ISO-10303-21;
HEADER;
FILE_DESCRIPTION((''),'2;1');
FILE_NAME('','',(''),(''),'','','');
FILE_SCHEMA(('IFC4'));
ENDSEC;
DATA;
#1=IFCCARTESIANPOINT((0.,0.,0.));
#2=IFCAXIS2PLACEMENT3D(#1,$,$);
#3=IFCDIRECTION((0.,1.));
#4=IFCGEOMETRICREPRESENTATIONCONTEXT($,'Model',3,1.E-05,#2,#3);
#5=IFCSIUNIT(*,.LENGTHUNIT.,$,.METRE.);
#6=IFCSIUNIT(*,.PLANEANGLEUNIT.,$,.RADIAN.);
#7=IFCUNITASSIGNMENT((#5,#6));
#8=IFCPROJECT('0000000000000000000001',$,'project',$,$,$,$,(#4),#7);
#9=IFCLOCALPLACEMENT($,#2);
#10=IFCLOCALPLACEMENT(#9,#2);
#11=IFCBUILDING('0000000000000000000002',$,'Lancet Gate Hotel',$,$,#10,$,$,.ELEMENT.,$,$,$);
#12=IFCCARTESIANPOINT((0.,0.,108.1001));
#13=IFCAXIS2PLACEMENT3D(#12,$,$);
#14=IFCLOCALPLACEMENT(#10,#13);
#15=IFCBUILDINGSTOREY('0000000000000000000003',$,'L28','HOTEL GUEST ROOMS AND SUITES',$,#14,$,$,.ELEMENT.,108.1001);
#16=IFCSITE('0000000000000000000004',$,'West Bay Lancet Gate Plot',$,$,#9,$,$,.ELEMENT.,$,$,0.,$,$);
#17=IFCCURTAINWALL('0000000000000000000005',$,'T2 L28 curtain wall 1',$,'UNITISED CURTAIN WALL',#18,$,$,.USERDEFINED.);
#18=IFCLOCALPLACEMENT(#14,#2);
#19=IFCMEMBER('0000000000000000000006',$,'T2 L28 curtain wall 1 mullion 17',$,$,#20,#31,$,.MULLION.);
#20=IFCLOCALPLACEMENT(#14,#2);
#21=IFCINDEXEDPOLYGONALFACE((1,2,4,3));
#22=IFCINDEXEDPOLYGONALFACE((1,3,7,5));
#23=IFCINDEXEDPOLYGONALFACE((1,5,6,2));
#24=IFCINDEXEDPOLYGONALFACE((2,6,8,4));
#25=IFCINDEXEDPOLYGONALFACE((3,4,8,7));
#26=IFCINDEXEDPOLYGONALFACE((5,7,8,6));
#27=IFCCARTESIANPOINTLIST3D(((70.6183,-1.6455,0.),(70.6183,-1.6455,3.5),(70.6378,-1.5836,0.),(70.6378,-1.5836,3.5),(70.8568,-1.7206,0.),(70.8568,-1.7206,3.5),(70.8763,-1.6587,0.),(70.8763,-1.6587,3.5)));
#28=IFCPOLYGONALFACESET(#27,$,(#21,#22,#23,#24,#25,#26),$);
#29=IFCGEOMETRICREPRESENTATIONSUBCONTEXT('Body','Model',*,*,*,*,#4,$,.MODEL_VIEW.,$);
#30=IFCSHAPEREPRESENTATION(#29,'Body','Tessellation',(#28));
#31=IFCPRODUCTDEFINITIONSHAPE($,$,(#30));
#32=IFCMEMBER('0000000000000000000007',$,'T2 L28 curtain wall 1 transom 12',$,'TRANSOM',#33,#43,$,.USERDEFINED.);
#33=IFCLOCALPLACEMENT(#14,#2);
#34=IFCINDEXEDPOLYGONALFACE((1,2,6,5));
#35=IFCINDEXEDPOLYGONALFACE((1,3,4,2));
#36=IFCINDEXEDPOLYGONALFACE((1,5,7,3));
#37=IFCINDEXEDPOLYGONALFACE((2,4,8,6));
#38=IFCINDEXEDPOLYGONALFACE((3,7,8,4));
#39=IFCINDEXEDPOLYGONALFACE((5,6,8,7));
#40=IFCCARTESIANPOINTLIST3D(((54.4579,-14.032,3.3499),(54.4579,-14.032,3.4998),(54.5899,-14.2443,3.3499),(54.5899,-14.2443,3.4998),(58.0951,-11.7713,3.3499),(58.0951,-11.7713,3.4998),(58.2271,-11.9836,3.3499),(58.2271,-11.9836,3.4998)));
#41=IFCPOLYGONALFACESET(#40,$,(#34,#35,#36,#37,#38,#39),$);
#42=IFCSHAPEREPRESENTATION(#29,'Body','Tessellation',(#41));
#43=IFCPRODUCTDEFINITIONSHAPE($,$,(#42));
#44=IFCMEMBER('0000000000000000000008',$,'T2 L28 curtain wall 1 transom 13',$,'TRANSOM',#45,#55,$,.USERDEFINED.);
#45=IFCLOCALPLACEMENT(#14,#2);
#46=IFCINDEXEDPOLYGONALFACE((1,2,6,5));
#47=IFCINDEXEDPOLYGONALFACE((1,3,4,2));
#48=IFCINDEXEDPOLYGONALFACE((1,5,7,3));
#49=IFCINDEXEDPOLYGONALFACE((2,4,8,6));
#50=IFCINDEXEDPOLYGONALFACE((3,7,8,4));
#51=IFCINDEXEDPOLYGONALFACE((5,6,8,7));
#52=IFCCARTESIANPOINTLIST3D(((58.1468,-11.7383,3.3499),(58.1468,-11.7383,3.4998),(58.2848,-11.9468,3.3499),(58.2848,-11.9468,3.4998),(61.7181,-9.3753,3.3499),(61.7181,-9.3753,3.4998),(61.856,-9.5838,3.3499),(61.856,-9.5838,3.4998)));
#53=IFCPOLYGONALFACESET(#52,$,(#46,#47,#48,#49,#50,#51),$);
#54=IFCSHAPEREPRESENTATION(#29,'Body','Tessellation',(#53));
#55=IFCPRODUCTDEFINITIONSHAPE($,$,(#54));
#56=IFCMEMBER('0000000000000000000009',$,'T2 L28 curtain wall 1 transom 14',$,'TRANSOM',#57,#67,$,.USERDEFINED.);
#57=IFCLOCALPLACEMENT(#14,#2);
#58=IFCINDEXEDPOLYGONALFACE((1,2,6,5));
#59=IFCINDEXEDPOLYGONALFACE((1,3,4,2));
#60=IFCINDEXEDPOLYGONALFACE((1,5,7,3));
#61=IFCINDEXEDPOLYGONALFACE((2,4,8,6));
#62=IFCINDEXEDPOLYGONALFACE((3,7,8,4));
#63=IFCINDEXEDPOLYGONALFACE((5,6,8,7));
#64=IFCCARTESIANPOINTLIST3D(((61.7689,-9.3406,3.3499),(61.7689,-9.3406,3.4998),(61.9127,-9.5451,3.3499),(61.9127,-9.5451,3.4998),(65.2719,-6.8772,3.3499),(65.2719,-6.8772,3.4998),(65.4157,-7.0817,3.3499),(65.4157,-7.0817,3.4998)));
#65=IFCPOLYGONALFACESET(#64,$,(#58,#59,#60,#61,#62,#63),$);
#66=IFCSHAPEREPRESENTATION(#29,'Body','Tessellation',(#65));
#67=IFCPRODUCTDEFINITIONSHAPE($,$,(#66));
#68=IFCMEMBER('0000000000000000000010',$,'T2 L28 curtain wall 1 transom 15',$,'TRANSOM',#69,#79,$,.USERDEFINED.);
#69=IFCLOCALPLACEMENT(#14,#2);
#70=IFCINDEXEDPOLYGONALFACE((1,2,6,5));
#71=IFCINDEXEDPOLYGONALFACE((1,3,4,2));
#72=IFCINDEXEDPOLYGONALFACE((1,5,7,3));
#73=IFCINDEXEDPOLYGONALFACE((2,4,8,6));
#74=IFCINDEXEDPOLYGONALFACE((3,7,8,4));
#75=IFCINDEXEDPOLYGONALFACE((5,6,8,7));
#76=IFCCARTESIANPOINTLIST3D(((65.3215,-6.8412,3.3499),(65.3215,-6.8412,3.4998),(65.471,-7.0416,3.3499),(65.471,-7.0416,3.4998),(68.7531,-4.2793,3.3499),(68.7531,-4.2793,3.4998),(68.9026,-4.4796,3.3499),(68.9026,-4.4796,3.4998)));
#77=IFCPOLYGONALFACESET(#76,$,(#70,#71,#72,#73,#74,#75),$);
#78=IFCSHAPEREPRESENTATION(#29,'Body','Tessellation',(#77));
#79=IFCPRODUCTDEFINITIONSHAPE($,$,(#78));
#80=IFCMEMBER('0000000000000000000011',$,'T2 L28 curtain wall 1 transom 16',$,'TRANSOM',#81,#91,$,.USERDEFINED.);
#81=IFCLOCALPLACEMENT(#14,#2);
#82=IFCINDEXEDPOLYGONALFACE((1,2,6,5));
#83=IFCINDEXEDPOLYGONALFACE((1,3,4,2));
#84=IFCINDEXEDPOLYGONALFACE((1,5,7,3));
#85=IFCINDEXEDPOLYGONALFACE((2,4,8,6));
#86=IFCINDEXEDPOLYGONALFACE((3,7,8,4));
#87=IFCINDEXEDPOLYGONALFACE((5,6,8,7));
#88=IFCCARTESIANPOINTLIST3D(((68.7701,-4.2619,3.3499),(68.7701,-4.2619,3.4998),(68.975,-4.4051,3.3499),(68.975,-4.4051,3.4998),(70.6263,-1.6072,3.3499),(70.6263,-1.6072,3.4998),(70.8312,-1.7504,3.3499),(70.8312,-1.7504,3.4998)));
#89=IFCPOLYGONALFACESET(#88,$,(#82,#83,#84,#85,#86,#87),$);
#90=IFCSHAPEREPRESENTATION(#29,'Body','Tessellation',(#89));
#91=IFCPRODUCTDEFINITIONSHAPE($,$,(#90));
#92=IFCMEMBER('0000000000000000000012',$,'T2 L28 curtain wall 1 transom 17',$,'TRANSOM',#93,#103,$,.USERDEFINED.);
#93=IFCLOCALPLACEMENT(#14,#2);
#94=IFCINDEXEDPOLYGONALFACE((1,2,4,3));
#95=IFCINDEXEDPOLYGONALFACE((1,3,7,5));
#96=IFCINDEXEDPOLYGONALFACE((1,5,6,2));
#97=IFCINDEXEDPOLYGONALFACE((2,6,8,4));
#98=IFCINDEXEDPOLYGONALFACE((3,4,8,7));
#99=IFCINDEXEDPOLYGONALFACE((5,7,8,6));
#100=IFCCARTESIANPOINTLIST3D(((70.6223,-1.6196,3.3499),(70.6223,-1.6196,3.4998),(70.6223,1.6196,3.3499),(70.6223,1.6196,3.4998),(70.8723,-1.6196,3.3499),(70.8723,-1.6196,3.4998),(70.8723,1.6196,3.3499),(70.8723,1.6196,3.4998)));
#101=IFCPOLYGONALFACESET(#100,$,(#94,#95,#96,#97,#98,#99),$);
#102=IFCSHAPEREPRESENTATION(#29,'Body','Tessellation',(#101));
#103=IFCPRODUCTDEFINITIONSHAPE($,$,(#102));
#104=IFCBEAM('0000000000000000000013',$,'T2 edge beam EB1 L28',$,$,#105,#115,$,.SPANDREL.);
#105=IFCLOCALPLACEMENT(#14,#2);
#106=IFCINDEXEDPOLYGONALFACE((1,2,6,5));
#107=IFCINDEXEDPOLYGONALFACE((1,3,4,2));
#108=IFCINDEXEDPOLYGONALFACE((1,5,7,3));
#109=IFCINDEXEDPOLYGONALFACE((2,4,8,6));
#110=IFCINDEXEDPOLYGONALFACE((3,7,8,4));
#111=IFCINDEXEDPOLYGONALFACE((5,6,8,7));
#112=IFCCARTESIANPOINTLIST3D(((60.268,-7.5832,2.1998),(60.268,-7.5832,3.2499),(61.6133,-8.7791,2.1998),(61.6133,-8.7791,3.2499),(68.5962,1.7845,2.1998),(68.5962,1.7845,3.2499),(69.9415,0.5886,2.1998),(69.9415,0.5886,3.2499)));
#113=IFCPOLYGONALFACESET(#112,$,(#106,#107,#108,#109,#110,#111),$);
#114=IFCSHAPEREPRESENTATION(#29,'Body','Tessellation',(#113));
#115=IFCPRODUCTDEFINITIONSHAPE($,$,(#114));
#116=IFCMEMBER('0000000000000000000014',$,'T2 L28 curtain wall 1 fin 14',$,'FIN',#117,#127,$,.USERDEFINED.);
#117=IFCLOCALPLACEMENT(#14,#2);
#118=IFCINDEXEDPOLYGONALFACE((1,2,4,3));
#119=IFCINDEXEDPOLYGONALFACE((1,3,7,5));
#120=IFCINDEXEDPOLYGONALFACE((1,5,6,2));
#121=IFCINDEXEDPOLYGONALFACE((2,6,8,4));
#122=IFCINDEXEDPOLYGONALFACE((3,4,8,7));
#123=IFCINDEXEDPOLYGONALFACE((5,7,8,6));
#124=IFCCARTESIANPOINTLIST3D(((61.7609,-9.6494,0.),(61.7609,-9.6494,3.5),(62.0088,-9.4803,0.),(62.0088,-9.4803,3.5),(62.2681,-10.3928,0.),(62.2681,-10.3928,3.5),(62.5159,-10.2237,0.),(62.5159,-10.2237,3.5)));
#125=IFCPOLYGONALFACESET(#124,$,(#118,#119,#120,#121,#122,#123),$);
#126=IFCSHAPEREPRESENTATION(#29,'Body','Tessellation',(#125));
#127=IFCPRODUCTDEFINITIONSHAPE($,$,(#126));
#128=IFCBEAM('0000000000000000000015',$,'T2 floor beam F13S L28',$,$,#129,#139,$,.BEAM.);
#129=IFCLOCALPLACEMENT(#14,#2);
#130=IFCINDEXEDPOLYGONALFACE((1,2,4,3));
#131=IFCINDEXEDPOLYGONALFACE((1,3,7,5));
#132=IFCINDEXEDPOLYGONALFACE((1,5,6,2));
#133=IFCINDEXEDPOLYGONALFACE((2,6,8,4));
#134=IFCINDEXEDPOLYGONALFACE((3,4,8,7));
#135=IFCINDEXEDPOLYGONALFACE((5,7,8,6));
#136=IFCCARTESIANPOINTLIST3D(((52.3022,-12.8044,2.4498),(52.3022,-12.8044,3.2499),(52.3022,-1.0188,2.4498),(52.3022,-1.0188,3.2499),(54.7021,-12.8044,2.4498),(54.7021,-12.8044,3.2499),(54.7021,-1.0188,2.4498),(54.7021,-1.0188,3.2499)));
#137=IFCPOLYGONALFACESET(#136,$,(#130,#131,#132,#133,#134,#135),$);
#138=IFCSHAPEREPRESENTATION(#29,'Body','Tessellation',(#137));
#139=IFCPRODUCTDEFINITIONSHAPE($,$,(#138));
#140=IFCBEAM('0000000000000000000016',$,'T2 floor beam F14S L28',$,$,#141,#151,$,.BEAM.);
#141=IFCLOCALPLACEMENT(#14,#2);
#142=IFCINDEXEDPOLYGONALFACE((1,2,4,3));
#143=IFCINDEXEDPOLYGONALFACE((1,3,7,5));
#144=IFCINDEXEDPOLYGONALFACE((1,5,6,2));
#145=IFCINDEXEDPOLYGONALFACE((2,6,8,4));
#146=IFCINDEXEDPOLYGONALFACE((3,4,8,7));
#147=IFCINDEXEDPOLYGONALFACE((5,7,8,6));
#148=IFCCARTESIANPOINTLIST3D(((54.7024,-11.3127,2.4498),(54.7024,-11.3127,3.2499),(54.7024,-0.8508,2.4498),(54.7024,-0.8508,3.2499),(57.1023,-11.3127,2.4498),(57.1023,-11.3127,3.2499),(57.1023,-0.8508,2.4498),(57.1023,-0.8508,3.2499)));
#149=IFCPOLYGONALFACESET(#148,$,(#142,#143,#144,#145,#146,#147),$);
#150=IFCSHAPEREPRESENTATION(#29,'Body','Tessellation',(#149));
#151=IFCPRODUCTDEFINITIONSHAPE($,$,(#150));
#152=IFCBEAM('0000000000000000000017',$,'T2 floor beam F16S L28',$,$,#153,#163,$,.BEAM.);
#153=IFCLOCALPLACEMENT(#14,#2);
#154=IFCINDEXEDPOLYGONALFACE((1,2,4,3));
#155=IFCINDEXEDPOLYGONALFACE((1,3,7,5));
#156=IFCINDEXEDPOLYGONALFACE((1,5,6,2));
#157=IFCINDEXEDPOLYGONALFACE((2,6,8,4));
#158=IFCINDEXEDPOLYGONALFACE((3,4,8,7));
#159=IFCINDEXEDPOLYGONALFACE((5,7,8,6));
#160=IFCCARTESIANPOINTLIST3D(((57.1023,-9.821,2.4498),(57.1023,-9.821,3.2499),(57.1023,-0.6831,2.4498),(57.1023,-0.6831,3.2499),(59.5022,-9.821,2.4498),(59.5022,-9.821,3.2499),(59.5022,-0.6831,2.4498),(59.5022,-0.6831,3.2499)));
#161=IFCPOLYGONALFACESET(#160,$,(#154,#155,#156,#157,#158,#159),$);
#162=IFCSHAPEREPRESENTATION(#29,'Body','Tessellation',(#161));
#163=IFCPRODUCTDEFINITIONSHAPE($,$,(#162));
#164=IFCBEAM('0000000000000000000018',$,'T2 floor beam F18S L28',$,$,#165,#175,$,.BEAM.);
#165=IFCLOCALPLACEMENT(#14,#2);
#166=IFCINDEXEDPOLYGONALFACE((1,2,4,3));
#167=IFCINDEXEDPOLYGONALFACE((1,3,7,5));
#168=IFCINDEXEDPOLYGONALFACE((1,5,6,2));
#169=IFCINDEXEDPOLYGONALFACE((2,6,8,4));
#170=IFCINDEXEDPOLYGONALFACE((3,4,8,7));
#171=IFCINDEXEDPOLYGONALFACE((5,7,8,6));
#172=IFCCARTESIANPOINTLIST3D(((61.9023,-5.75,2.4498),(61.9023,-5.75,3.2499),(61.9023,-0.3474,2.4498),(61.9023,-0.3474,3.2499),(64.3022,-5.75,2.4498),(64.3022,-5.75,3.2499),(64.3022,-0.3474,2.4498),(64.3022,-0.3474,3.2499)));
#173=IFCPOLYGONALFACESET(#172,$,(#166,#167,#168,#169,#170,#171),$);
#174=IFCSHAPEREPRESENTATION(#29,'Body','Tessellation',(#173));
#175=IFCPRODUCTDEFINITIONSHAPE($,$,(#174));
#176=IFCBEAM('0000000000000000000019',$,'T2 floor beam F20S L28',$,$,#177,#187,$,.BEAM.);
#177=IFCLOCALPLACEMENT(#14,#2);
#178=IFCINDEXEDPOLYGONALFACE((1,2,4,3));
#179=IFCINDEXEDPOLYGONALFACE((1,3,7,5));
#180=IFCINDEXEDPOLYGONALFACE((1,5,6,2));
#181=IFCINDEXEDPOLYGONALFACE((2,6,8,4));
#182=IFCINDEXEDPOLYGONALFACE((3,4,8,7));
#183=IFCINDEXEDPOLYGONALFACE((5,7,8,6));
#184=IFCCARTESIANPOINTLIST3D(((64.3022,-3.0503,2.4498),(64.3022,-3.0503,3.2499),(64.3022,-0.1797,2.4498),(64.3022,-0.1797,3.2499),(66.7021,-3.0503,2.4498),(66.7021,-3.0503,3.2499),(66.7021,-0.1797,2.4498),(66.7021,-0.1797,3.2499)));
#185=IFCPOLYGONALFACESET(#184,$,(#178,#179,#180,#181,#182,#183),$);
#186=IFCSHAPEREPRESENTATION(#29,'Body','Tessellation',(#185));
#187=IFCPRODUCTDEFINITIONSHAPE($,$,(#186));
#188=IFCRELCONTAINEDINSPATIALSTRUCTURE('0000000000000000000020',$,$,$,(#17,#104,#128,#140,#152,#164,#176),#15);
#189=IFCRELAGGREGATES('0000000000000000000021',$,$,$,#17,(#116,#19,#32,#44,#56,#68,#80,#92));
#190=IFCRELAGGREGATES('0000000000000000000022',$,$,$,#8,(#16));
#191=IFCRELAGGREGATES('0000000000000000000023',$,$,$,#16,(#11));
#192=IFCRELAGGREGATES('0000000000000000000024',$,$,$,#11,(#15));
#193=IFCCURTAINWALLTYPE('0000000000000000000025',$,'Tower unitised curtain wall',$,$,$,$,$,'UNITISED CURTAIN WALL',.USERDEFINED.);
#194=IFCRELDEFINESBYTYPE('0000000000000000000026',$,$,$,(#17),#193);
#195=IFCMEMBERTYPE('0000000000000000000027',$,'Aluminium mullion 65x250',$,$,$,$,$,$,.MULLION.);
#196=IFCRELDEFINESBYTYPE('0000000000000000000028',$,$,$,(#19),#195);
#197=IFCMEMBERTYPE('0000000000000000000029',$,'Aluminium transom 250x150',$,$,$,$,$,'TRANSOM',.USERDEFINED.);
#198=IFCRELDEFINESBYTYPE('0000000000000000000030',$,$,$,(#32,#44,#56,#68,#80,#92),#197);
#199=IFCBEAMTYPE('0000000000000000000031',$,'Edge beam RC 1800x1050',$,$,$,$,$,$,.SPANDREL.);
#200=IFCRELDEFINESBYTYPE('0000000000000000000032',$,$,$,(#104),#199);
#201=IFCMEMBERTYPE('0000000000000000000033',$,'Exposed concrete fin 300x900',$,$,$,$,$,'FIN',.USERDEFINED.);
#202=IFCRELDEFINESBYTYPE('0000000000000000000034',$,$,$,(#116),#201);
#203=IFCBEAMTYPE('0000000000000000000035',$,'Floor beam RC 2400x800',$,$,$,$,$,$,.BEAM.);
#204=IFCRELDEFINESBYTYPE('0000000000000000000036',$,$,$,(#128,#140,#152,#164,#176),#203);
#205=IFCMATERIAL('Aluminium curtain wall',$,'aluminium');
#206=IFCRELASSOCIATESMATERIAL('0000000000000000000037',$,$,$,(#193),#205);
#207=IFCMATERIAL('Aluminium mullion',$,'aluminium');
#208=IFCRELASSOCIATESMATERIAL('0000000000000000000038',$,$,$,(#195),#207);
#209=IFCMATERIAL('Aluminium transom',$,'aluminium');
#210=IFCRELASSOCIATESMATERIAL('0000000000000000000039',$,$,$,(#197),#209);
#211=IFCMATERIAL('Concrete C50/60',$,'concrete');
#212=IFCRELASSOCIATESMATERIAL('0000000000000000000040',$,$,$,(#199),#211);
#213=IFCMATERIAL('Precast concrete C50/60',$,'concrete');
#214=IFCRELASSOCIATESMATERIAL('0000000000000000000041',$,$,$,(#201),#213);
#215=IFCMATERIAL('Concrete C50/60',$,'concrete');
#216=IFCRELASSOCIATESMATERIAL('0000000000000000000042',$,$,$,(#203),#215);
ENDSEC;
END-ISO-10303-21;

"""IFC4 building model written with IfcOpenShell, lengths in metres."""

from ifc_helpers import new_model, si_unit, direction, frame, origin, origin_2d, place, context, subcontext, project, spatial, rectangle, extrude, material, material_profile, profile_set, type_object, element, aggregate, save


model = new_model("IFC4")

# Units and contexts
model_context = context("Model", 3, precision=1e-05, world=origin(), true_north=direction((0.0, 1.0)))
body_context = subcontext(model_context, "Body", "Model", "MODEL_VIEW")
ifc_project = project(units=[si_unit("LENGTHUNIT", "METRE"), si_unit("PLANEANGLEUNIT", "RADIAN")], contexts=[model_context])

# Site, building, storey
site_placement = place(None, origin())
site = spatial("IfcSite", under=ifc_project, at=site_placement, Name="West Bay Lancet Gate Plot", CompositionType="ELEMENT", RefElevation=0.0)
building_placement = place(site_placement, origin())
building = spatial("IfcBuilding", under=site, at=building_placement, Name="Lancet Gate Hotel", CompositionType="ELEMENT")
storey_placement = place(building_placement, frame((0.0, 0.0, 108.1001)))
storey = spatial("IfcBuildingStorey", under=building, at=storey_placement, Name="L28", Description="HOTEL GUEST ROOMS AND SUITES", CompositionType="ELEMENT", Elevation=108.1001)

# Curtain wall, members
ifc_material_1 = material(Name="Aluminium curtain wall", Category="aluminium")
curtain_wall_type = type_object("IfcCurtainWallType", Name="Tower unitised curtain wall", ElementType="UNITISED CURTAIN WALL", PredefinedType="USERDEFINED", material=ifc_material_1)
curtain_wall_placement = place(storey_placement, origin())
curtain_wall = element("IfcCurtainWall", 1, at=curtain_wall_placement, inside=storey, type_object=curtain_wall_type, Name="T2 L28 curtain wall 1", ObjectType="UNITISED CURTAIN WALL", PredefinedType="USERDEFINED")
ifc_material_2 = material(Name="Aluminium mullion", Category="aluminium")
ifc_material_profile_1 = material_profile(ifc_material_2, rectangle(XDim=0.0649, YDim=0.25, at=origin_2d()), Name="MULLION 65x250")
ifc_profile_set_1 = profile_set([ifc_material_profile_1], Name="Aluminium mullion")
member_type_1 = type_object("IfcMemberType", Name="Aluminium mullion 65x250", PredefinedType="MULLION", material=ifc_profile_set_1)
member_1_placement = place(storey_placement, frame((70.7473, -1.6521, 0.0), z_axis=(0.0, 0.0, 1.0), x_axis=(0.300385, 0.953818, 0.0)))
member_1 = element("IfcMember", 2, at=member_1_placement, type_object=member_type_1, Name="T2 L28 curtain wall 1 mullion 17", PredefinedType="MULLION", context=body_context, shape_type="SweptSolid", body=[
    extrude(rectangle(XDim=0.0649, YDim=0.25, at=origin_2d()), origin(), (0.0, 0.0, 1.0), 3.5),
])
ifc_material_3 = material(Name="Aluminium transom", Category="aluminium")
ifc_material_profile_2 = material_profile(ifc_material_3, rectangle(XDim=0.25, YDim=0.1499, at=origin_2d()), Name="TRANSOM 250x150")
ifc_profile_set_2 = profile_set([ifc_material_profile_2], Name="Aluminium transom")
member_type_2 = type_object("IfcMemberType", Name="Aluminium transom 250x150", ElementType="TRANSOM", PredefinedType="USERDEFINED", material=ifc_profile_set_2)
member_2_placement = place(storey_placement, frame((54.5239, -14.1382, 3.4248), z_axis=(0.849309, 0.527896, 0.0), x_axis=(-0.527896, 0.849309, 0.0)))
member_2 = element("IfcMember", 3, at=member_2_placement, type_object=member_type_2, Name="T2 L28 curtain wall 1 transom 12", ObjectType="TRANSOM", PredefinedType="USERDEFINED", context=body_context, shape_type="SweptSolid", body=[
    extrude(rectangle(XDim=0.25, YDim=0.1499, at=origin_2d()), origin(), (0.0, 0.0, 1.0), 4.2825),
])
member_3_placement = place(storey_placement, frame((58.2158, -11.8425, 3.4248), z_axis=(0.833966, 0.551816, 0.0), x_axis=(-0.551816, 0.833966, 0.0)))
member_3 = element("IfcMember", 4, at=member_3_placement, type_object=member_type_2, Name="T2 L28 curtain wall 1 transom 13", ObjectType="TRANSOM", PredefinedType="USERDEFINED", context=body_context, shape_type="SweptSolid", body=[
    extrude(rectangle(XDim=0.25, YDim=0.1499, at=origin_2d()), origin(), (0.0, 0.0, 1.0), 4.2822),
])
member_4_placement = place(storey_placement, frame((61.8408, -9.4429, 3.4248), z_axis=(0.817987, 0.575236, 0.0), x_axis=(-0.575236, 0.817987, 0.0)))
member_4 = element("IfcMember", 5, at=member_4_placement, type_object=member_type_2, Name="T2 L28 curtain wall 1 transom 14", ObjectType="TRANSOM", PredefinedType="USERDEFINED", context=body_context, shape_type="SweptSolid", body=[
    extrude(rectangle(XDim=0.25, YDim=0.1499, at=origin_2d()), origin(), (0.0, 0.0, 1.0), 4.2825),
])
member_5_placement = place(storey_placement, frame((65.3962, -6.9414, 3.4248), z_axis=(0.801312, 0.598247, 0.0), x_axis=(-0.598247, 0.801312, 0.0)))
member_5 = element("IfcMember", 6, at=member_5_placement, type_object=member_type_2, Name="T2 L28 curtain wall 1 transom 15", ObjectType="TRANSOM", PredefinedType="USERDEFINED", context=body_context, shape_type="SweptSolid", body=[
    extrude(rectangle(XDim=0.25, YDim=0.1499, at=origin_2d()), origin(), (0.0, 0.0, 1.0), 4.2825),
])
member_6_placement = place(storey_placement, frame((68.8726, -4.3335, 3.4248), z_axis=(0.573017, 0.819543, 0.0), x_axis=(-0.819543, 0.573017, 0.0)))
member_6 = element("IfcMember", 7, at=member_6_placement, type_object=member_type_2, Name="T2 L28 curtain wall 1 transom 16", ObjectType="TRANSOM", PredefinedType="USERDEFINED", context=body_context, shape_type="SweptSolid", body=[
    extrude(rectangle(XDim=0.25, YDim=0.1499, at=origin_2d()), origin(), (0.0, 0.0, 1.0), 3.2393),
])
member_7_placement = place(storey_placement, frame((70.7473, -1.6196, 3.4248), z_axis=(0.0, 1.0, 0.0), x_axis=(-1.0, 0.0, 0.0)))
member_7 = element("IfcMember", 8, at=member_7_placement, type_object=member_type_2, Name="T2 L28 curtain wall 1 transom 17", ObjectType="TRANSOM", PredefinedType="USERDEFINED", context=body_context, shape_type="SweptSolid", body=[
    extrude(rectangle(XDim=0.25, YDim=0.1499, at=origin_2d()), origin(), (0.0, 0.0, 1.0), 3.2393),
])

# Beam
ifc_material_4 = material(Name="Concrete C50/60", Category="concrete")
ifc_material_profile_3 = material_profile(ifc_material_4, rectangle(XDim=1.8, YDim=1.05, at=origin_2d()), Name="RC 1800x1050")
ifc_profile_set_3 = profile_set([ifc_material_profile_3], Name="Concrete C50/60")
beam_type_1 = type_object("IfcBeamType", Name="Edge beam RC 1800x1050", PredefinedType="SPANDREL", material=ifc_profile_set_3)
beam_1_placement = place(storey_placement, frame((60.9407, -8.1812, 2.7249), z_axis=(0.664422, 0.747358, 0.0), x_axis=(-0.747358, 0.664422, 0.0)))
element("IfcBeam", 9, at=beam_1_placement, inside=storey, type_object=beam_type_1, Name="T2 edge beam EB1 L28", PredefinedType="SPANDREL", context=body_context, shape_type="SweptSolid", body=[
    extrude(rectangle(XDim=1.8, YDim=1.05, at=origin_2d()), origin(), (0.0, 0.0, 1.0), 12.5344),
])

# Member
ifc_material_5 = material(Name="Precast concrete C50/60", Category="concrete")
ifc_material_profile_4 = material_profile(ifc_material_5, rectangle(XDim=0.3, YDim=0.8999, at=origin_2d()), Name="FIN 300x900")
ifc_profile_set_4 = profile_set([ifc_material_profile_4], Name="Precast concrete C50/60")
member_type_3 = type_object("IfcMemberType", Name="Exposed concrete fin 300x900", ElementType="FIN", PredefinedType="USERDEFINED", material=ifc_profile_set_4)
member_8_placement = place(storey_placement, frame((62.1384, -9.9365, 0.0), z_axis=(0.0, 0.0, 1.0), x_axis=(0.826066, 0.563574, 0.0)))
member_8 = element("IfcMember", 10, at=member_8_placement, type_object=member_type_3, Name="T2 L28 curtain wall 1 fin 14", ObjectType="FIN", PredefinedType="USERDEFINED", context=body_context, shape_type="SweptSolid", body=[
    extrude(rectangle(XDim=0.3, YDim=0.8999, at=origin_2d()), origin(), (0.0, 0.0, 1.0), 3.5),
])

# Beams
ifc_material_6 = material(Name="Concrete C50/60", Category="concrete")
ifc_material_profile_5 = material_profile(ifc_material_6, rectangle(XDim=2.3999, YDim=0.8, at=origin_2d()), Name="RC 2400x800")
ifc_profile_set_5 = profile_set([ifc_material_profile_5], Name="Concrete C50/60")
beam_type_2 = type_object("IfcBeamType", Name="Floor beam RC 2400x800", PredefinedType="BEAM", material=ifc_profile_set_5)
beam_2_placement = place(storey_placement, frame((53.5022, -12.8044, 2.8499), z_axis=(0.0, 1.0, 0.0), x_axis=(-1.0, 0.0, 0.0)))
element("IfcBeam", 11, at=beam_2_placement, inside=storey, type_object=beam_type_2, Name="T2 floor beam F13S L28", PredefinedType="BEAM", context=body_context, shape_type="SweptSolid", body=[
    extrude(rectangle(XDim=2.3999, YDim=0.8, at=origin_2d()), origin(), (0.0, 0.0, 1.0), 11.7856),
])
beam_3_placement = place(storey_placement, frame((55.9023, -11.3127, 2.8499), z_axis=(0.0, 1.0, 0.0), x_axis=(-1.0, 0.0, 0.0)))
element("IfcBeam", 12, at=beam_3_placement, inside=storey, type_object=beam_type_2, Name="T2 floor beam F14S L28", PredefinedType="BEAM", context=body_context, shape_type="SweptSolid", body=[
    extrude(rectangle(XDim=2.3999, YDim=0.8, at=origin_2d()), origin(), (0.0, 0.0, 1.0), 10.4619),
])
beam_4_placement = place(storey_placement, frame((58.3022, -9.821, 2.8499), z_axis=(0.0, 1.0, 0.0), x_axis=(-1.0, 0.0, 0.0)))
element("IfcBeam", 13, at=beam_4_placement, inside=storey, type_object=beam_type_2, Name="T2 floor beam F16S L28", PredefinedType="BEAM", context=body_context, shape_type="SweptSolid", body=[
    extrude(rectangle(XDim=2.3999, YDim=0.8, at=origin_2d()), origin(), (0.0, 0.0, 1.0), 9.1379),
])
beam_5_placement = place(storey_placement, frame((63.1023, -5.75, 2.8499), z_axis=(0.0, 1.0, 0.0), x_axis=(-1.0, 0.0, 0.0)))
element("IfcBeam", 14, at=beam_5_placement, inside=storey, type_object=beam_type_2, Name="T2 floor beam F18S L28", PredefinedType="BEAM", context=body_context, shape_type="SweptSolid", body=[
    extrude(rectangle(XDim=2.3999, YDim=0.8, at=origin_2d()), origin(), (0.0, 0.0, 1.0), 5.4026),
])
beam_6_placement = place(storey_placement, frame((65.5022, -3.0503, 2.8499), z_axis=(0.0, 1.0, 0.0), x_axis=(-1.0, 0.0, 0.0)))
element("IfcBeam", 15, at=beam_6_placement, inside=storey, type_object=beam_type_2, Name="T2 floor beam F20S L28", PredefinedType="BEAM", context=body_context, shape_type="SweptSolid", body=[
    extrude(rectangle(XDim=2.3999, YDim=0.8, at=origin_2d()), origin(), (0.0, 0.0, 1.0), 2.8706),
])

aggregate(curtain_wall, [member_8, member_1, member_2, member_3, member_4, member_5, member_6, member_7])

save(model, "model.ifc")
